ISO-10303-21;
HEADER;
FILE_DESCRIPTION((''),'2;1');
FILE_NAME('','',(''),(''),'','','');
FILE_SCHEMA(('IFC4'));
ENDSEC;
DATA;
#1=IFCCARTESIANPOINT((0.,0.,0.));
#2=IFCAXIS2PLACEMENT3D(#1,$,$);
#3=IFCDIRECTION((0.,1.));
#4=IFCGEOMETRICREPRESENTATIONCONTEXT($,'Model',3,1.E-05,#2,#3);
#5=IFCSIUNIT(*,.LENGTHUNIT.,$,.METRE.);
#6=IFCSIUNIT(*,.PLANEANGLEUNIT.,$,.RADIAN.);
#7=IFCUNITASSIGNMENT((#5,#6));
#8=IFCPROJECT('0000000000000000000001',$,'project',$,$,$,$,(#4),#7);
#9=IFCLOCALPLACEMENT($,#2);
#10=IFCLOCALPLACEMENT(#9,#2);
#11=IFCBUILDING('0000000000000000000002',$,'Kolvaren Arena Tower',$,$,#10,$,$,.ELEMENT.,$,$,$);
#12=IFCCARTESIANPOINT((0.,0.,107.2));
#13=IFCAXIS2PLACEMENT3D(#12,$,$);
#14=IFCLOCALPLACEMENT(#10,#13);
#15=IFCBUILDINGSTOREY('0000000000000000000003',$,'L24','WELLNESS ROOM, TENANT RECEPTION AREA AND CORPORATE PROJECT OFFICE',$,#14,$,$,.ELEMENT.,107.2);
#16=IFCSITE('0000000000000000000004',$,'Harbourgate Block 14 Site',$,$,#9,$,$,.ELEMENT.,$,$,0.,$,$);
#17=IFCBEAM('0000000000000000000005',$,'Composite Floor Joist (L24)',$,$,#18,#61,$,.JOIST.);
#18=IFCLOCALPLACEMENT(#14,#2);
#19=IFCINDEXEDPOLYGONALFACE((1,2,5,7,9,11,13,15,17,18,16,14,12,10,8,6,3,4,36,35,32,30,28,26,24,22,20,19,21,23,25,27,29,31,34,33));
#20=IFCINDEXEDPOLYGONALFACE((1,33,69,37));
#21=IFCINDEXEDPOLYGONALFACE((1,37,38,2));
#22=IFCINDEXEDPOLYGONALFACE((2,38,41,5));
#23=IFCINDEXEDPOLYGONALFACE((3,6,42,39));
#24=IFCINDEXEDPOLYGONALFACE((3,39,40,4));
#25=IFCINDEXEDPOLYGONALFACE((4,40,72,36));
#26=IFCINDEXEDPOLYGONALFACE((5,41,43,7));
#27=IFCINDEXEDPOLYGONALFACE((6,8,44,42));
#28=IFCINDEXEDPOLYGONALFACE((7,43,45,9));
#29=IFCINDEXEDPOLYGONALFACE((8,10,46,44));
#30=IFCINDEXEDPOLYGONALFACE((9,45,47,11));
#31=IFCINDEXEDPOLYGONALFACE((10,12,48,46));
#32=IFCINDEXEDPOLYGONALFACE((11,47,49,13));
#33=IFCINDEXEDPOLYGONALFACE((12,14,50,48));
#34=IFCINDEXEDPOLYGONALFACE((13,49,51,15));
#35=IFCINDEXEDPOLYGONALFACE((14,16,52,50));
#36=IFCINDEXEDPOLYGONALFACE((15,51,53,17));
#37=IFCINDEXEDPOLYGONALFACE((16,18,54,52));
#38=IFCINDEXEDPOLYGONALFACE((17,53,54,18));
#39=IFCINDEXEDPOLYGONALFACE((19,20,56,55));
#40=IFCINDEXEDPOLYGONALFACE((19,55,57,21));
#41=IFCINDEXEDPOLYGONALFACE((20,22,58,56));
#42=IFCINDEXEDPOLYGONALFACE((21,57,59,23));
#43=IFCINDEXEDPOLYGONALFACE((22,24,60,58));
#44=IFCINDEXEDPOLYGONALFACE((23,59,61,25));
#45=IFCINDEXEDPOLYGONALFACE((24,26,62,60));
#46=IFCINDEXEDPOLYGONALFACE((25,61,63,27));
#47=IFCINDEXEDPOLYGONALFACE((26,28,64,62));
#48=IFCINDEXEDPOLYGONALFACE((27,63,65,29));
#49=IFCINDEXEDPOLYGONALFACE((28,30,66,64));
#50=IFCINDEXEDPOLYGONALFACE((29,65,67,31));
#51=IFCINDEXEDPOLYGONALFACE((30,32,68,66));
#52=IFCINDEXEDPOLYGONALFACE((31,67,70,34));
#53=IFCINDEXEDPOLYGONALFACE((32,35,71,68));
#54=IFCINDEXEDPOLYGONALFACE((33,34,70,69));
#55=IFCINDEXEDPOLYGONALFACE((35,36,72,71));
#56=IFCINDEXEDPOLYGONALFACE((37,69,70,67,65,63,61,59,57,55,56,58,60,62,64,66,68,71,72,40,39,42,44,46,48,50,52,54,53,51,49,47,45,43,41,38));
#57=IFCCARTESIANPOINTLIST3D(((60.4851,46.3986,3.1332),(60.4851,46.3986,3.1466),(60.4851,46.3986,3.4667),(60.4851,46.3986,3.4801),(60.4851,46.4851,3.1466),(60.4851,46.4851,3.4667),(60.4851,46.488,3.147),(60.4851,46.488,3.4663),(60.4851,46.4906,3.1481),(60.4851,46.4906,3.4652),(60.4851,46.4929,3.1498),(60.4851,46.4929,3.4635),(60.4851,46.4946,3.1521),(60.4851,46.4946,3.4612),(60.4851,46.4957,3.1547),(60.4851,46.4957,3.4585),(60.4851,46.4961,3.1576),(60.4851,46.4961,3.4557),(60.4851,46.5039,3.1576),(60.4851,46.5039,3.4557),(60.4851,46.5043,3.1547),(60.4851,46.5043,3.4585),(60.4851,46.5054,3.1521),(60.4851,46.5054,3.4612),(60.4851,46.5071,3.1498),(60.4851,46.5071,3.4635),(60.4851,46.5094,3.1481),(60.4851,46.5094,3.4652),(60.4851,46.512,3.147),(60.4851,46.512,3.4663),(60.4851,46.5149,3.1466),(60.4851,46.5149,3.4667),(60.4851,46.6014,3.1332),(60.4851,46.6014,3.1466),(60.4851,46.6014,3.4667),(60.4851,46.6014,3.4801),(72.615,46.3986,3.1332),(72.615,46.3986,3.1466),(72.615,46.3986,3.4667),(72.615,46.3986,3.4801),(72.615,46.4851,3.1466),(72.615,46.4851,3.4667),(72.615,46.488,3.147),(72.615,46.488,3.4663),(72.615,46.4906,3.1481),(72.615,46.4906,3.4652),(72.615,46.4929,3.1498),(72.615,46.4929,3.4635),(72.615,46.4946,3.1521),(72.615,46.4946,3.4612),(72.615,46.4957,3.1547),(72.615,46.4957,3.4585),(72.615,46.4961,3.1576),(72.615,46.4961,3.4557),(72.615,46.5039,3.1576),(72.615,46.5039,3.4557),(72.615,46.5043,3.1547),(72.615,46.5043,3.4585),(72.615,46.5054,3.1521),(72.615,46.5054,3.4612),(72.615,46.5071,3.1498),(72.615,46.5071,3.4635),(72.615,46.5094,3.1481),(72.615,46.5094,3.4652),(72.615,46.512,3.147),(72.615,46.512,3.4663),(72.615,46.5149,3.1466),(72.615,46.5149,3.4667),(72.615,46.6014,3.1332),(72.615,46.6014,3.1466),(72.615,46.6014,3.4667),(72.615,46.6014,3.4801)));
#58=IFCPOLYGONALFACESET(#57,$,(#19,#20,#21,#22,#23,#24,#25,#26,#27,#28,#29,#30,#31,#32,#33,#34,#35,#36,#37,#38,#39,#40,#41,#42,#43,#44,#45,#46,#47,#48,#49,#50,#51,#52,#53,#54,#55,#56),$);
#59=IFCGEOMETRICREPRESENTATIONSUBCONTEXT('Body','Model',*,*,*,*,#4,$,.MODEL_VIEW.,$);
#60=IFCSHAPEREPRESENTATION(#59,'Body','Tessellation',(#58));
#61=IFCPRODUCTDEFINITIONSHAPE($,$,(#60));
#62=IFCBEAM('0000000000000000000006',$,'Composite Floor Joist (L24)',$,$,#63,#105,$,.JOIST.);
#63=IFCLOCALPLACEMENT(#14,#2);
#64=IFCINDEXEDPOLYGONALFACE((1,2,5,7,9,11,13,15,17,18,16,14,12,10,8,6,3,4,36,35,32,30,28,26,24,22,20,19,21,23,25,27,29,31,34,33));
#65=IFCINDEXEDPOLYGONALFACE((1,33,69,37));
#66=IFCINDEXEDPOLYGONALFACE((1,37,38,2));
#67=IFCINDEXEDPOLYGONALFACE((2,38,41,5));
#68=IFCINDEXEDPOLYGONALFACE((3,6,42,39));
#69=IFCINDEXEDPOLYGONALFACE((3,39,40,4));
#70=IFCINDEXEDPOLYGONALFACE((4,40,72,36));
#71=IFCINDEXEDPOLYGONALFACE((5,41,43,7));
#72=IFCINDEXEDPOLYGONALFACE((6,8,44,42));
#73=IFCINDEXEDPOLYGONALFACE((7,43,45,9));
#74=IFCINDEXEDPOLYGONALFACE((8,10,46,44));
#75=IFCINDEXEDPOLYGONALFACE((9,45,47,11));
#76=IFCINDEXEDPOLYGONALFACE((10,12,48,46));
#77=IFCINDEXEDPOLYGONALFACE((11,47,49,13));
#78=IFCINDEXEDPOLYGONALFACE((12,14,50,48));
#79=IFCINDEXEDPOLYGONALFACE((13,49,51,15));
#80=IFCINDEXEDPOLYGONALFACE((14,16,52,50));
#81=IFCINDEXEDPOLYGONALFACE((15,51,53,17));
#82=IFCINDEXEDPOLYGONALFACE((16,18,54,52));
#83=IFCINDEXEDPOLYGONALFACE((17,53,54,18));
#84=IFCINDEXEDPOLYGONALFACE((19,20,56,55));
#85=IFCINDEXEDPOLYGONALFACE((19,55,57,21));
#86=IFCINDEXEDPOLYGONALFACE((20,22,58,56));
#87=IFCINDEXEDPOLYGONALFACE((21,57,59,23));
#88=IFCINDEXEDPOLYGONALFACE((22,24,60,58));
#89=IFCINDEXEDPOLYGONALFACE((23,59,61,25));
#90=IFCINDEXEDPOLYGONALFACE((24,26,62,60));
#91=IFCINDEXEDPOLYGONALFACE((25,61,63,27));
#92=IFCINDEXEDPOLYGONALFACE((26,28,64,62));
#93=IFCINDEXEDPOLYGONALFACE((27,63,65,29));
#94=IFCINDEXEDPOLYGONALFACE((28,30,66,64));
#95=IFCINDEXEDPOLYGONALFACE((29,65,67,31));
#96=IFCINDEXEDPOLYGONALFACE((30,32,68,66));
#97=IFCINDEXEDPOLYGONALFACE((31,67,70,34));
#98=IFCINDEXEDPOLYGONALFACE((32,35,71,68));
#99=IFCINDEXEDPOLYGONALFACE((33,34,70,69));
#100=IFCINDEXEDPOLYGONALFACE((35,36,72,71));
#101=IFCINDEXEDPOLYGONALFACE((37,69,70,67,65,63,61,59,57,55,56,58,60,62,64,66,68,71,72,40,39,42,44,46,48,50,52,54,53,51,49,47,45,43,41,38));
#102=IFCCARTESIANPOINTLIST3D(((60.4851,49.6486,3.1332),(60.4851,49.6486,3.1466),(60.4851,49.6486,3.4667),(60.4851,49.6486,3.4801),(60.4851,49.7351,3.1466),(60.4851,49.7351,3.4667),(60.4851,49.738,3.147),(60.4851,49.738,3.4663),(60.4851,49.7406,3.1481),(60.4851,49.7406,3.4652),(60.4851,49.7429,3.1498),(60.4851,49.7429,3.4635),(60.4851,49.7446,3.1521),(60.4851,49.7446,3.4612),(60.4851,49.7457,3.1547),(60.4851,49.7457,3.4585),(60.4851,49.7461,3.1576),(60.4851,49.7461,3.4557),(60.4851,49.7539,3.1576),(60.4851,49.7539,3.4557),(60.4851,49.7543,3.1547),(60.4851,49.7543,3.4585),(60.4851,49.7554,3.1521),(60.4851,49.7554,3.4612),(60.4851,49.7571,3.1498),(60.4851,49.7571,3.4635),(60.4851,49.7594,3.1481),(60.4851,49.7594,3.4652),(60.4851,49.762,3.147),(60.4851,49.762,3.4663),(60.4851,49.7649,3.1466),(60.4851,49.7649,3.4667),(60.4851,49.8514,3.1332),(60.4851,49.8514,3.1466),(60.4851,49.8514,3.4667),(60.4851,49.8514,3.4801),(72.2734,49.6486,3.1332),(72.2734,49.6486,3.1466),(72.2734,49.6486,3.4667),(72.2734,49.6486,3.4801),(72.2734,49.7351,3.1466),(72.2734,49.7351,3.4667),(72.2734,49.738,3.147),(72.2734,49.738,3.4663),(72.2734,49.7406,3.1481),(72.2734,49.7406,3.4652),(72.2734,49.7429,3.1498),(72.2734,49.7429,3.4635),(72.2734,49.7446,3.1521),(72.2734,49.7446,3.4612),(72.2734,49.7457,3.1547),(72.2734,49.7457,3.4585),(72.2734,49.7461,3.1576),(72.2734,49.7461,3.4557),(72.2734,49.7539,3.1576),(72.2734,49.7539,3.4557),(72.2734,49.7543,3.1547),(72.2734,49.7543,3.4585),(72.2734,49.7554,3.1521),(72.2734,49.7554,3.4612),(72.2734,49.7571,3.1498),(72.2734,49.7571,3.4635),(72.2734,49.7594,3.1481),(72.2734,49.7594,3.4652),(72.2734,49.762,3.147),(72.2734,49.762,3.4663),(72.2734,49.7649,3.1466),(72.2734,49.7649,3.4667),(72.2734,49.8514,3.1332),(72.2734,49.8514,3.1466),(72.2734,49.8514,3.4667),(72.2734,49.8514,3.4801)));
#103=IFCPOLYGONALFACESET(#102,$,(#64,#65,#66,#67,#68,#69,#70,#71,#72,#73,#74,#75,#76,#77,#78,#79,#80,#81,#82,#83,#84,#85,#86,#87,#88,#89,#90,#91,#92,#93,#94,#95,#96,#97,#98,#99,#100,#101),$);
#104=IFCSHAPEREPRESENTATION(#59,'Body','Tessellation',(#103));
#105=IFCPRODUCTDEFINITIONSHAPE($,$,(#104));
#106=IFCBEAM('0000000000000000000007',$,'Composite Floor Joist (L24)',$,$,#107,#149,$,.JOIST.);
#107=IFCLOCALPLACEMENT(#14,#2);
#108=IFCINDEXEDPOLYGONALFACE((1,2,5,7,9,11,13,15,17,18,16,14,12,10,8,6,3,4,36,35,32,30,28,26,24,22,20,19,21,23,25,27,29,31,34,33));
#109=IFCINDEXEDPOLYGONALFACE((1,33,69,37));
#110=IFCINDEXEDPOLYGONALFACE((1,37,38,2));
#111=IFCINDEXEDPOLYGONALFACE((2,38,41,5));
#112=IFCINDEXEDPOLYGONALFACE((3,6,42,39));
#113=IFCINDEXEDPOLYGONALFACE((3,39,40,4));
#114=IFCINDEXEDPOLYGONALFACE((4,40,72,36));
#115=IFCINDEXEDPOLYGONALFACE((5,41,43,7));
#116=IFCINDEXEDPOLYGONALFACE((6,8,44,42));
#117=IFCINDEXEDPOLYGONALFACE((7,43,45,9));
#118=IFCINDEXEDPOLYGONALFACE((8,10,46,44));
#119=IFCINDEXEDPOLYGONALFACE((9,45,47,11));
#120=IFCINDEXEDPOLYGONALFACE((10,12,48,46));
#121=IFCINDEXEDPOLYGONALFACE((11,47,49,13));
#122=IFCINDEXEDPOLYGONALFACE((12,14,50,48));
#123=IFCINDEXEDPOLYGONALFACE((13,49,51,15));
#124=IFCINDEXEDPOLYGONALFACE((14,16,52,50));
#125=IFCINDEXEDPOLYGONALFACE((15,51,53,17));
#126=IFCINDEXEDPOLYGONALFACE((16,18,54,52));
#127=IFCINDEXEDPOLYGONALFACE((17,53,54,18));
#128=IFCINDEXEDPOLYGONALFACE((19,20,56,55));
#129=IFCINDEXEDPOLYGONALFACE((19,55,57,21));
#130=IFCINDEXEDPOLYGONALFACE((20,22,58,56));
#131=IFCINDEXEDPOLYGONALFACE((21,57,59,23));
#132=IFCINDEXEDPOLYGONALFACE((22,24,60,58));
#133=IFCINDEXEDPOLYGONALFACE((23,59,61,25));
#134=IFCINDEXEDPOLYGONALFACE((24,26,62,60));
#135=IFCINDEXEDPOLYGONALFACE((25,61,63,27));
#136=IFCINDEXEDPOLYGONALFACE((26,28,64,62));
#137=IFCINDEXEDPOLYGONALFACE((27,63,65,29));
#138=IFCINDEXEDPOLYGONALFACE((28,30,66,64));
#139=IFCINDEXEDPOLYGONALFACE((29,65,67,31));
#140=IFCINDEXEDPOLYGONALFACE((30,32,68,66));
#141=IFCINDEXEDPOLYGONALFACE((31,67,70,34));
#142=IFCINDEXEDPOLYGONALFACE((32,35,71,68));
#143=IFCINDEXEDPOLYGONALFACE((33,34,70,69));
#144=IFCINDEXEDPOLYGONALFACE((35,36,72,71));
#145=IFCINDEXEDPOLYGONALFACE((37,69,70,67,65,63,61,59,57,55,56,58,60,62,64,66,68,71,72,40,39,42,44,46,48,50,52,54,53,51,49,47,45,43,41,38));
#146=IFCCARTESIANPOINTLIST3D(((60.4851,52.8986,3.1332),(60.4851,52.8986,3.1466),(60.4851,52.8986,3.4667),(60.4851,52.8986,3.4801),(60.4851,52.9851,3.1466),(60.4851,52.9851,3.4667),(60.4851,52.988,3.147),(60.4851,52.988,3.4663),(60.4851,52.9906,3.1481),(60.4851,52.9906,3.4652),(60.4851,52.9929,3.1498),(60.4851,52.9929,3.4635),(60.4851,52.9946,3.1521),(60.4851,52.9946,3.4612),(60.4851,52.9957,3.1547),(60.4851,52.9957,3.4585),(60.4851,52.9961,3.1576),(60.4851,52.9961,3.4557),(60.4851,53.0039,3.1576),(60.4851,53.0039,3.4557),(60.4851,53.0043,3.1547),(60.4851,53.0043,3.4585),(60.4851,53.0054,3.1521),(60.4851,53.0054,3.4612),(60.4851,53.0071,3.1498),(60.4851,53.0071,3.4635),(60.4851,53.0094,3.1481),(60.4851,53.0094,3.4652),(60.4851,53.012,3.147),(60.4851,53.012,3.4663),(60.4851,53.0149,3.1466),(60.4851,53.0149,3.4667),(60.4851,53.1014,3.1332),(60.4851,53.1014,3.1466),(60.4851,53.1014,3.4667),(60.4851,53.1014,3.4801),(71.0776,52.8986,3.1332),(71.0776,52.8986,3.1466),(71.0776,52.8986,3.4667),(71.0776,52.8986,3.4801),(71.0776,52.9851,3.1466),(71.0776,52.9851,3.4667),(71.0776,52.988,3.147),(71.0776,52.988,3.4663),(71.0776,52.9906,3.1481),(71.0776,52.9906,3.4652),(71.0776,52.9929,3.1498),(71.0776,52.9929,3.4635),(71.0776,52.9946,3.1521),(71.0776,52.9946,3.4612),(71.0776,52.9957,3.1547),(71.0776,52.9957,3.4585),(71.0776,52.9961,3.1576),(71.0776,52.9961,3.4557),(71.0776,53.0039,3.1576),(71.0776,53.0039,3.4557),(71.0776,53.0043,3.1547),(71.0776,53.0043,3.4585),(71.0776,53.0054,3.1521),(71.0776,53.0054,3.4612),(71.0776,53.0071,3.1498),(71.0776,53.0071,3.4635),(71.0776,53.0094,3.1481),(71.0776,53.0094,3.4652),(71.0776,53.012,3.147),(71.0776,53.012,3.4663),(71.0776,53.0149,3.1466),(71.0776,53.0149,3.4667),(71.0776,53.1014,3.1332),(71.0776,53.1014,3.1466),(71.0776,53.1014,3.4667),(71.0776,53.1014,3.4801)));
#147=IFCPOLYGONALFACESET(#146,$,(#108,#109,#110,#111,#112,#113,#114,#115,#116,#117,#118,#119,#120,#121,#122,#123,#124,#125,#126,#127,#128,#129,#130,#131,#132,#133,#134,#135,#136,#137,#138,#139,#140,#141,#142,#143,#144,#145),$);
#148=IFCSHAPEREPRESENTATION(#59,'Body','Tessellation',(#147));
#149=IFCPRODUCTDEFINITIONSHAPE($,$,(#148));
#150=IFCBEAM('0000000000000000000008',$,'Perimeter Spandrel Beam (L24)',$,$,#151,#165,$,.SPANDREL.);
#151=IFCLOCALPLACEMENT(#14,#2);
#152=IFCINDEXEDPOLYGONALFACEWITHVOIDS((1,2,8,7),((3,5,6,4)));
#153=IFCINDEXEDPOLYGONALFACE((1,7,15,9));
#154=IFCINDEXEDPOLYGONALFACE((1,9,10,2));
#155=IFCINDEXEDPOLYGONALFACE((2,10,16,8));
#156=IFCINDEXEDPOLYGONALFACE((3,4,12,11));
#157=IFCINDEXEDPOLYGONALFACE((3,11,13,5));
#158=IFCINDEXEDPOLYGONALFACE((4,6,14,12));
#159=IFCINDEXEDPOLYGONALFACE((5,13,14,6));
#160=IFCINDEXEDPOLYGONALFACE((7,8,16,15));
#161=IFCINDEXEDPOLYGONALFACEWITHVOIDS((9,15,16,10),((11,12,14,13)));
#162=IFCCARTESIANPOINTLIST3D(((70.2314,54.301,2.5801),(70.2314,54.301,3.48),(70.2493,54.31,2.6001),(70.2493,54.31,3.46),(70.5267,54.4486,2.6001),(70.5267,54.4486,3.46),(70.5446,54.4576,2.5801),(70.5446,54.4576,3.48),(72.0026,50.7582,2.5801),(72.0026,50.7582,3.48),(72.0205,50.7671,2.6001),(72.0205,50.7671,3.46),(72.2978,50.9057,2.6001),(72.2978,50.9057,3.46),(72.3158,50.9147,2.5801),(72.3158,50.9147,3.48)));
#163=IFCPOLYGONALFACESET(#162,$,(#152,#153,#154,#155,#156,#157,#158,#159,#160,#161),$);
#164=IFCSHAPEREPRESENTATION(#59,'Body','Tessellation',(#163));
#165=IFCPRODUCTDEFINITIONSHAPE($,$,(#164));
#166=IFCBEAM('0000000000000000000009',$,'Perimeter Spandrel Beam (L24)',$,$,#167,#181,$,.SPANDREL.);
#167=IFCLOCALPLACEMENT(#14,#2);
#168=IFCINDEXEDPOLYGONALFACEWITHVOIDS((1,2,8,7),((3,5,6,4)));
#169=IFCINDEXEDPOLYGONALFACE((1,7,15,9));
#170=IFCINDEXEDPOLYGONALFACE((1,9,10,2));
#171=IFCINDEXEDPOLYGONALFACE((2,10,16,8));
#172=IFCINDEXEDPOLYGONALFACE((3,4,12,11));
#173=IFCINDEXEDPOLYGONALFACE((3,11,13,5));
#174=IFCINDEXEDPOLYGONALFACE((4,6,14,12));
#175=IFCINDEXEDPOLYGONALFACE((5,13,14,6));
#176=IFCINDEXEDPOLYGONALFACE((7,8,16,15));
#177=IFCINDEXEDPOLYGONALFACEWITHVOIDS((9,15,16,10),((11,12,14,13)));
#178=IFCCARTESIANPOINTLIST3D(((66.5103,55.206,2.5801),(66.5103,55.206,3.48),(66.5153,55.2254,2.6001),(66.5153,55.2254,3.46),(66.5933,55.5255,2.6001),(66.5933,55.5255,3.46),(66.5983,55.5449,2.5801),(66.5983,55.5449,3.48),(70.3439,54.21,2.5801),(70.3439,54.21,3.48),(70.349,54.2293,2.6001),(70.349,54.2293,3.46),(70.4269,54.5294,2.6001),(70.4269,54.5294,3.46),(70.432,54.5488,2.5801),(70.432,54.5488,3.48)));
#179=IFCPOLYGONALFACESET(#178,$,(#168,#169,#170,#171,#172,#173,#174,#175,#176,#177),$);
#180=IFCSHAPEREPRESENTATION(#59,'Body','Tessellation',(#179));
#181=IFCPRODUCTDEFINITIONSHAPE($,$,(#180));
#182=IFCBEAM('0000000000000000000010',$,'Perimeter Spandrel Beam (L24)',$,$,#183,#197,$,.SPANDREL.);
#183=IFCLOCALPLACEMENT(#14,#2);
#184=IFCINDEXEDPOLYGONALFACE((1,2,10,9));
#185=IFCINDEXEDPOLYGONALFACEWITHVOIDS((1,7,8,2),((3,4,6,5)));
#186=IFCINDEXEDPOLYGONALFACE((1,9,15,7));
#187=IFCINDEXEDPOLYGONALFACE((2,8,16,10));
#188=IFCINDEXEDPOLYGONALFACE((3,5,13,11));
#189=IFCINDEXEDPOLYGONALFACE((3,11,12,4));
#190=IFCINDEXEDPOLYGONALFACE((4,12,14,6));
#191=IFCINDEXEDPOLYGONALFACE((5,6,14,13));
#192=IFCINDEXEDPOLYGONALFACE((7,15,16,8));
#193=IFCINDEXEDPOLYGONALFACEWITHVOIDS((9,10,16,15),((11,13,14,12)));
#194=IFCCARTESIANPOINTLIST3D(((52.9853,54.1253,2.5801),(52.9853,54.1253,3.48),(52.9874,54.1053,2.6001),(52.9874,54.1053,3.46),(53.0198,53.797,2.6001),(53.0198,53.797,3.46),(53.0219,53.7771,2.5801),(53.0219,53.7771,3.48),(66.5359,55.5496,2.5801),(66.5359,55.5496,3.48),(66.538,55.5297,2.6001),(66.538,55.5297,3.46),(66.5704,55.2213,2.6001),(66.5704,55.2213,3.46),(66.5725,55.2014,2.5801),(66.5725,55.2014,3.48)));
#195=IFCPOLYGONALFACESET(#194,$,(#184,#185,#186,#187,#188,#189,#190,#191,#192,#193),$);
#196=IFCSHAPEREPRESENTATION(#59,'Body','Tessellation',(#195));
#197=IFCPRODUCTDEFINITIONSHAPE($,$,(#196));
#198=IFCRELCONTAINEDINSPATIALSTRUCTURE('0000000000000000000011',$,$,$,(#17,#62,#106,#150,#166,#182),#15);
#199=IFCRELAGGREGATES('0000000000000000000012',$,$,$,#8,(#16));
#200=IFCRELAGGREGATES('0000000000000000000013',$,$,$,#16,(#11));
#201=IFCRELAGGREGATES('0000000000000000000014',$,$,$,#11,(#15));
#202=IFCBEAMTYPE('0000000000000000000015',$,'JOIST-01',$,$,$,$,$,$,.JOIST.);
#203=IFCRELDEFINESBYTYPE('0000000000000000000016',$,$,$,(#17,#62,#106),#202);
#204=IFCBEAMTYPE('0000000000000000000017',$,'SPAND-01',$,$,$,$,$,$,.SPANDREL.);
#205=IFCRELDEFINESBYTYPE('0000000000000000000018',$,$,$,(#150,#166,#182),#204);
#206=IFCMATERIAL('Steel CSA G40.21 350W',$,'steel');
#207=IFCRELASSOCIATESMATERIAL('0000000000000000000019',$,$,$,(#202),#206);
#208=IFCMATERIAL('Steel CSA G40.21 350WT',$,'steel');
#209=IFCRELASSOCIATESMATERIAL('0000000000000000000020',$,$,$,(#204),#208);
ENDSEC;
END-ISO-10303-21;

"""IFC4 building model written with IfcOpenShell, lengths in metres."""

from ifc_helpers import new_model, si_unit, direction, frame, origin, origin_2d, place, context, subcontext, project, spatial, hollow_rectangle, i_section, extrude, material, material_profile, profile_set, type_object, element, save


model = new_model("IFC4")

# Units and contexts
model_context = context("Model", 3, precision=1e-05, world=origin(), true_north=direction((0.0, 1.0)))
body_context = subcontext(model_context, "Body", "Model", "MODEL_VIEW")
ifc_project = project(units=[si_unit("LENGTHUNIT", "METRE"), si_unit("PLANEANGLEUNIT", "RADIAN")], contexts=[model_context])

# Site, building, storey
site_placement = place(None, origin())
site = spatial("IfcSite", under=ifc_project, at=site_placement, Name="Harbourgate Block 14 Site", CompositionType="ELEMENT", RefElevation=0.0)
building_placement = place(site_placement, origin())
building = spatial("IfcBuilding", under=site, at=building_placement, Name="Kolvaren Arena Tower", CompositionType="ELEMENT")
storey_placement = place(building_placement, frame((0.0, 0.0, 107.2)))
storey = spatial("IfcBuildingStorey", under=building, at=storey_placement, Name="L24", Description="WELLNESS ROOM, TENANT RECEPTION AREA AND CORPORATE PROJECT OFFICE", CompositionType="ELEMENT", Elevation=107.2)

# Beams
ifc_material_1 = material(Name="Steel CSA G40.21 350W", Category="steel")
ifc_material_profile_1 = material_profile(ifc_material_1, i_section(OverallWidth=0.2029, OverallDepth=0.3469, WebThickness=0.0078, FlangeThickness=0.0134, FilletRadius=0.011, at=origin_2d()), Name="W360x64")
ifc_profile_set_1 = profile_set([ifc_material_profile_1], Name="Steel CSA G40.21 350W")
beam_type_1 = type_object("IfcBeamType", Name="JOIST-01", PredefinedType="JOIST", material=ifc_profile_set_1)
beam_1_placement = place(storey_placement, frame((60.4851, 46.5, 3.3066), z_axis=(1.0, 0.0, 0.0), x_axis=(0.0, 1.0, 0.0)))
element("IfcBeam", 1, at=beam_1_placement, inside=storey, type_object=beam_type_1, Name="Composite Floor Joist (L24)", PredefinedType="JOIST", context=body_context, shape_type="SweptSolid", body=[
    extrude(i_section(OverallWidth=0.2029, OverallDepth=0.3469, WebThickness=0.0078, FlangeThickness=0.0134, FilletRadius=0.011, at=origin_2d()), origin(), (0.0, 0.0, 1.0), 12.1299),
])
beam_2_placement = place(storey_placement, frame((60.4851, 49.75, 3.3066), z_axis=(1.0, 0.0, 0.0), x_axis=(0.0, 1.0, 0.0)))
element("IfcBeam", 2, at=beam_2_placement, inside=storey, type_object=beam_type_1, Name="Composite Floor Joist (L24)", PredefinedType="JOIST", context=body_context, shape_type="SweptSolid", body=[
    extrude(i_section(OverallWidth=0.2029, OverallDepth=0.3469, WebThickness=0.0078, FlangeThickness=0.0134, FilletRadius=0.011, at=origin_2d()), origin(), (0.0, 0.0, 1.0), 11.7883),
])
beam_3_placement = place(storey_placement, frame((60.4851, 53.0, 3.3066), z_axis=(1.0, 0.0, 0.0), x_axis=(0.0, 1.0, 0.0)))
element("IfcBeam", 3, at=beam_3_placement, inside=storey, type_object=beam_type_1, Name="Composite Floor Joist (L24)", PredefinedType="JOIST", context=body_context, shape_type="SweptSolid", body=[
    extrude(i_section(OverallWidth=0.2029, OverallDepth=0.3469, WebThickness=0.0078, FlangeThickness=0.0134, FilletRadius=0.011, at=origin_2d()), origin(), (0.0, 0.0, 1.0), 10.5925),
])
ifc_material_2 = material(Name="Steel CSA G40.21 350WT", Category="steel")
ifc_material_profile_2 = material_profile(ifc_material_2, hollow_rectangle(XDim=0.3501, YDim=0.8999, WallThickness=0.02, at=origin_2d()), Name="HSS 900x350x20")
ifc_profile_set_2 = profile_set([ifc_material_profile_2], Name="Steel CSA G40.21 350WT")
beam_type_2 = type_object("IfcBeamType", Name="SPAND-01", PredefinedType="SPANDREL", material=ifc_profile_set_2)
for number, where, z_axis, x_axis, name in (
    (4, (72.1592, 50.8364, 3.03), (-0.447164, 0.894452, 0.0), (-0.894452, -0.447164, 0.0), "Perimeter Spandrel Beam (L24)"),
    (5, (70.3879, 54.3794, 3.03), (-0.967864, 0.251473, 0.0), (-0.251473, -0.967864, 0.0), "Perimeter Spandrel Beam (L24)"),
):
    element("IfcBeam", number, at=place(storey_placement, frame(where, z_axis=z_axis, x_axis=x_axis)), inside=storey, type_object=beam_type_2, Name=name, PredefinedType="SPANDREL", context=body_context, shape_type="SweptSolid", body=[
        extrude(hollow_rectangle(XDim=0.3501, YDim=0.8999, WallThickness=0.02, at=origin_2d()), origin(), (0.0, 0.0, 1.0), 3.9609),
    ])
beam_4_placement = place(storey_placement, frame((66.5542, 55.3755, 3.03), z_axis=(-0.994521, -0.104536, 0.0), x_axis=(0.104536, -0.994521, 0.0)))
element("IfcBeam", 6, at=beam_4_placement, inside=storey, type_object=beam_type_2, Name="Perimeter Spandrel Beam (L24)", PredefinedType="SPANDREL", context=body_context, shape_type="SweptSolid", body=[
    extrude(hollow_rectangle(XDim=0.3501, YDim=0.8999, WallThickness=0.02, at=origin_2d()), origin(), (0.0, 0.0, 1.0), 13.6252),
])

save(model, "model.ifc")
